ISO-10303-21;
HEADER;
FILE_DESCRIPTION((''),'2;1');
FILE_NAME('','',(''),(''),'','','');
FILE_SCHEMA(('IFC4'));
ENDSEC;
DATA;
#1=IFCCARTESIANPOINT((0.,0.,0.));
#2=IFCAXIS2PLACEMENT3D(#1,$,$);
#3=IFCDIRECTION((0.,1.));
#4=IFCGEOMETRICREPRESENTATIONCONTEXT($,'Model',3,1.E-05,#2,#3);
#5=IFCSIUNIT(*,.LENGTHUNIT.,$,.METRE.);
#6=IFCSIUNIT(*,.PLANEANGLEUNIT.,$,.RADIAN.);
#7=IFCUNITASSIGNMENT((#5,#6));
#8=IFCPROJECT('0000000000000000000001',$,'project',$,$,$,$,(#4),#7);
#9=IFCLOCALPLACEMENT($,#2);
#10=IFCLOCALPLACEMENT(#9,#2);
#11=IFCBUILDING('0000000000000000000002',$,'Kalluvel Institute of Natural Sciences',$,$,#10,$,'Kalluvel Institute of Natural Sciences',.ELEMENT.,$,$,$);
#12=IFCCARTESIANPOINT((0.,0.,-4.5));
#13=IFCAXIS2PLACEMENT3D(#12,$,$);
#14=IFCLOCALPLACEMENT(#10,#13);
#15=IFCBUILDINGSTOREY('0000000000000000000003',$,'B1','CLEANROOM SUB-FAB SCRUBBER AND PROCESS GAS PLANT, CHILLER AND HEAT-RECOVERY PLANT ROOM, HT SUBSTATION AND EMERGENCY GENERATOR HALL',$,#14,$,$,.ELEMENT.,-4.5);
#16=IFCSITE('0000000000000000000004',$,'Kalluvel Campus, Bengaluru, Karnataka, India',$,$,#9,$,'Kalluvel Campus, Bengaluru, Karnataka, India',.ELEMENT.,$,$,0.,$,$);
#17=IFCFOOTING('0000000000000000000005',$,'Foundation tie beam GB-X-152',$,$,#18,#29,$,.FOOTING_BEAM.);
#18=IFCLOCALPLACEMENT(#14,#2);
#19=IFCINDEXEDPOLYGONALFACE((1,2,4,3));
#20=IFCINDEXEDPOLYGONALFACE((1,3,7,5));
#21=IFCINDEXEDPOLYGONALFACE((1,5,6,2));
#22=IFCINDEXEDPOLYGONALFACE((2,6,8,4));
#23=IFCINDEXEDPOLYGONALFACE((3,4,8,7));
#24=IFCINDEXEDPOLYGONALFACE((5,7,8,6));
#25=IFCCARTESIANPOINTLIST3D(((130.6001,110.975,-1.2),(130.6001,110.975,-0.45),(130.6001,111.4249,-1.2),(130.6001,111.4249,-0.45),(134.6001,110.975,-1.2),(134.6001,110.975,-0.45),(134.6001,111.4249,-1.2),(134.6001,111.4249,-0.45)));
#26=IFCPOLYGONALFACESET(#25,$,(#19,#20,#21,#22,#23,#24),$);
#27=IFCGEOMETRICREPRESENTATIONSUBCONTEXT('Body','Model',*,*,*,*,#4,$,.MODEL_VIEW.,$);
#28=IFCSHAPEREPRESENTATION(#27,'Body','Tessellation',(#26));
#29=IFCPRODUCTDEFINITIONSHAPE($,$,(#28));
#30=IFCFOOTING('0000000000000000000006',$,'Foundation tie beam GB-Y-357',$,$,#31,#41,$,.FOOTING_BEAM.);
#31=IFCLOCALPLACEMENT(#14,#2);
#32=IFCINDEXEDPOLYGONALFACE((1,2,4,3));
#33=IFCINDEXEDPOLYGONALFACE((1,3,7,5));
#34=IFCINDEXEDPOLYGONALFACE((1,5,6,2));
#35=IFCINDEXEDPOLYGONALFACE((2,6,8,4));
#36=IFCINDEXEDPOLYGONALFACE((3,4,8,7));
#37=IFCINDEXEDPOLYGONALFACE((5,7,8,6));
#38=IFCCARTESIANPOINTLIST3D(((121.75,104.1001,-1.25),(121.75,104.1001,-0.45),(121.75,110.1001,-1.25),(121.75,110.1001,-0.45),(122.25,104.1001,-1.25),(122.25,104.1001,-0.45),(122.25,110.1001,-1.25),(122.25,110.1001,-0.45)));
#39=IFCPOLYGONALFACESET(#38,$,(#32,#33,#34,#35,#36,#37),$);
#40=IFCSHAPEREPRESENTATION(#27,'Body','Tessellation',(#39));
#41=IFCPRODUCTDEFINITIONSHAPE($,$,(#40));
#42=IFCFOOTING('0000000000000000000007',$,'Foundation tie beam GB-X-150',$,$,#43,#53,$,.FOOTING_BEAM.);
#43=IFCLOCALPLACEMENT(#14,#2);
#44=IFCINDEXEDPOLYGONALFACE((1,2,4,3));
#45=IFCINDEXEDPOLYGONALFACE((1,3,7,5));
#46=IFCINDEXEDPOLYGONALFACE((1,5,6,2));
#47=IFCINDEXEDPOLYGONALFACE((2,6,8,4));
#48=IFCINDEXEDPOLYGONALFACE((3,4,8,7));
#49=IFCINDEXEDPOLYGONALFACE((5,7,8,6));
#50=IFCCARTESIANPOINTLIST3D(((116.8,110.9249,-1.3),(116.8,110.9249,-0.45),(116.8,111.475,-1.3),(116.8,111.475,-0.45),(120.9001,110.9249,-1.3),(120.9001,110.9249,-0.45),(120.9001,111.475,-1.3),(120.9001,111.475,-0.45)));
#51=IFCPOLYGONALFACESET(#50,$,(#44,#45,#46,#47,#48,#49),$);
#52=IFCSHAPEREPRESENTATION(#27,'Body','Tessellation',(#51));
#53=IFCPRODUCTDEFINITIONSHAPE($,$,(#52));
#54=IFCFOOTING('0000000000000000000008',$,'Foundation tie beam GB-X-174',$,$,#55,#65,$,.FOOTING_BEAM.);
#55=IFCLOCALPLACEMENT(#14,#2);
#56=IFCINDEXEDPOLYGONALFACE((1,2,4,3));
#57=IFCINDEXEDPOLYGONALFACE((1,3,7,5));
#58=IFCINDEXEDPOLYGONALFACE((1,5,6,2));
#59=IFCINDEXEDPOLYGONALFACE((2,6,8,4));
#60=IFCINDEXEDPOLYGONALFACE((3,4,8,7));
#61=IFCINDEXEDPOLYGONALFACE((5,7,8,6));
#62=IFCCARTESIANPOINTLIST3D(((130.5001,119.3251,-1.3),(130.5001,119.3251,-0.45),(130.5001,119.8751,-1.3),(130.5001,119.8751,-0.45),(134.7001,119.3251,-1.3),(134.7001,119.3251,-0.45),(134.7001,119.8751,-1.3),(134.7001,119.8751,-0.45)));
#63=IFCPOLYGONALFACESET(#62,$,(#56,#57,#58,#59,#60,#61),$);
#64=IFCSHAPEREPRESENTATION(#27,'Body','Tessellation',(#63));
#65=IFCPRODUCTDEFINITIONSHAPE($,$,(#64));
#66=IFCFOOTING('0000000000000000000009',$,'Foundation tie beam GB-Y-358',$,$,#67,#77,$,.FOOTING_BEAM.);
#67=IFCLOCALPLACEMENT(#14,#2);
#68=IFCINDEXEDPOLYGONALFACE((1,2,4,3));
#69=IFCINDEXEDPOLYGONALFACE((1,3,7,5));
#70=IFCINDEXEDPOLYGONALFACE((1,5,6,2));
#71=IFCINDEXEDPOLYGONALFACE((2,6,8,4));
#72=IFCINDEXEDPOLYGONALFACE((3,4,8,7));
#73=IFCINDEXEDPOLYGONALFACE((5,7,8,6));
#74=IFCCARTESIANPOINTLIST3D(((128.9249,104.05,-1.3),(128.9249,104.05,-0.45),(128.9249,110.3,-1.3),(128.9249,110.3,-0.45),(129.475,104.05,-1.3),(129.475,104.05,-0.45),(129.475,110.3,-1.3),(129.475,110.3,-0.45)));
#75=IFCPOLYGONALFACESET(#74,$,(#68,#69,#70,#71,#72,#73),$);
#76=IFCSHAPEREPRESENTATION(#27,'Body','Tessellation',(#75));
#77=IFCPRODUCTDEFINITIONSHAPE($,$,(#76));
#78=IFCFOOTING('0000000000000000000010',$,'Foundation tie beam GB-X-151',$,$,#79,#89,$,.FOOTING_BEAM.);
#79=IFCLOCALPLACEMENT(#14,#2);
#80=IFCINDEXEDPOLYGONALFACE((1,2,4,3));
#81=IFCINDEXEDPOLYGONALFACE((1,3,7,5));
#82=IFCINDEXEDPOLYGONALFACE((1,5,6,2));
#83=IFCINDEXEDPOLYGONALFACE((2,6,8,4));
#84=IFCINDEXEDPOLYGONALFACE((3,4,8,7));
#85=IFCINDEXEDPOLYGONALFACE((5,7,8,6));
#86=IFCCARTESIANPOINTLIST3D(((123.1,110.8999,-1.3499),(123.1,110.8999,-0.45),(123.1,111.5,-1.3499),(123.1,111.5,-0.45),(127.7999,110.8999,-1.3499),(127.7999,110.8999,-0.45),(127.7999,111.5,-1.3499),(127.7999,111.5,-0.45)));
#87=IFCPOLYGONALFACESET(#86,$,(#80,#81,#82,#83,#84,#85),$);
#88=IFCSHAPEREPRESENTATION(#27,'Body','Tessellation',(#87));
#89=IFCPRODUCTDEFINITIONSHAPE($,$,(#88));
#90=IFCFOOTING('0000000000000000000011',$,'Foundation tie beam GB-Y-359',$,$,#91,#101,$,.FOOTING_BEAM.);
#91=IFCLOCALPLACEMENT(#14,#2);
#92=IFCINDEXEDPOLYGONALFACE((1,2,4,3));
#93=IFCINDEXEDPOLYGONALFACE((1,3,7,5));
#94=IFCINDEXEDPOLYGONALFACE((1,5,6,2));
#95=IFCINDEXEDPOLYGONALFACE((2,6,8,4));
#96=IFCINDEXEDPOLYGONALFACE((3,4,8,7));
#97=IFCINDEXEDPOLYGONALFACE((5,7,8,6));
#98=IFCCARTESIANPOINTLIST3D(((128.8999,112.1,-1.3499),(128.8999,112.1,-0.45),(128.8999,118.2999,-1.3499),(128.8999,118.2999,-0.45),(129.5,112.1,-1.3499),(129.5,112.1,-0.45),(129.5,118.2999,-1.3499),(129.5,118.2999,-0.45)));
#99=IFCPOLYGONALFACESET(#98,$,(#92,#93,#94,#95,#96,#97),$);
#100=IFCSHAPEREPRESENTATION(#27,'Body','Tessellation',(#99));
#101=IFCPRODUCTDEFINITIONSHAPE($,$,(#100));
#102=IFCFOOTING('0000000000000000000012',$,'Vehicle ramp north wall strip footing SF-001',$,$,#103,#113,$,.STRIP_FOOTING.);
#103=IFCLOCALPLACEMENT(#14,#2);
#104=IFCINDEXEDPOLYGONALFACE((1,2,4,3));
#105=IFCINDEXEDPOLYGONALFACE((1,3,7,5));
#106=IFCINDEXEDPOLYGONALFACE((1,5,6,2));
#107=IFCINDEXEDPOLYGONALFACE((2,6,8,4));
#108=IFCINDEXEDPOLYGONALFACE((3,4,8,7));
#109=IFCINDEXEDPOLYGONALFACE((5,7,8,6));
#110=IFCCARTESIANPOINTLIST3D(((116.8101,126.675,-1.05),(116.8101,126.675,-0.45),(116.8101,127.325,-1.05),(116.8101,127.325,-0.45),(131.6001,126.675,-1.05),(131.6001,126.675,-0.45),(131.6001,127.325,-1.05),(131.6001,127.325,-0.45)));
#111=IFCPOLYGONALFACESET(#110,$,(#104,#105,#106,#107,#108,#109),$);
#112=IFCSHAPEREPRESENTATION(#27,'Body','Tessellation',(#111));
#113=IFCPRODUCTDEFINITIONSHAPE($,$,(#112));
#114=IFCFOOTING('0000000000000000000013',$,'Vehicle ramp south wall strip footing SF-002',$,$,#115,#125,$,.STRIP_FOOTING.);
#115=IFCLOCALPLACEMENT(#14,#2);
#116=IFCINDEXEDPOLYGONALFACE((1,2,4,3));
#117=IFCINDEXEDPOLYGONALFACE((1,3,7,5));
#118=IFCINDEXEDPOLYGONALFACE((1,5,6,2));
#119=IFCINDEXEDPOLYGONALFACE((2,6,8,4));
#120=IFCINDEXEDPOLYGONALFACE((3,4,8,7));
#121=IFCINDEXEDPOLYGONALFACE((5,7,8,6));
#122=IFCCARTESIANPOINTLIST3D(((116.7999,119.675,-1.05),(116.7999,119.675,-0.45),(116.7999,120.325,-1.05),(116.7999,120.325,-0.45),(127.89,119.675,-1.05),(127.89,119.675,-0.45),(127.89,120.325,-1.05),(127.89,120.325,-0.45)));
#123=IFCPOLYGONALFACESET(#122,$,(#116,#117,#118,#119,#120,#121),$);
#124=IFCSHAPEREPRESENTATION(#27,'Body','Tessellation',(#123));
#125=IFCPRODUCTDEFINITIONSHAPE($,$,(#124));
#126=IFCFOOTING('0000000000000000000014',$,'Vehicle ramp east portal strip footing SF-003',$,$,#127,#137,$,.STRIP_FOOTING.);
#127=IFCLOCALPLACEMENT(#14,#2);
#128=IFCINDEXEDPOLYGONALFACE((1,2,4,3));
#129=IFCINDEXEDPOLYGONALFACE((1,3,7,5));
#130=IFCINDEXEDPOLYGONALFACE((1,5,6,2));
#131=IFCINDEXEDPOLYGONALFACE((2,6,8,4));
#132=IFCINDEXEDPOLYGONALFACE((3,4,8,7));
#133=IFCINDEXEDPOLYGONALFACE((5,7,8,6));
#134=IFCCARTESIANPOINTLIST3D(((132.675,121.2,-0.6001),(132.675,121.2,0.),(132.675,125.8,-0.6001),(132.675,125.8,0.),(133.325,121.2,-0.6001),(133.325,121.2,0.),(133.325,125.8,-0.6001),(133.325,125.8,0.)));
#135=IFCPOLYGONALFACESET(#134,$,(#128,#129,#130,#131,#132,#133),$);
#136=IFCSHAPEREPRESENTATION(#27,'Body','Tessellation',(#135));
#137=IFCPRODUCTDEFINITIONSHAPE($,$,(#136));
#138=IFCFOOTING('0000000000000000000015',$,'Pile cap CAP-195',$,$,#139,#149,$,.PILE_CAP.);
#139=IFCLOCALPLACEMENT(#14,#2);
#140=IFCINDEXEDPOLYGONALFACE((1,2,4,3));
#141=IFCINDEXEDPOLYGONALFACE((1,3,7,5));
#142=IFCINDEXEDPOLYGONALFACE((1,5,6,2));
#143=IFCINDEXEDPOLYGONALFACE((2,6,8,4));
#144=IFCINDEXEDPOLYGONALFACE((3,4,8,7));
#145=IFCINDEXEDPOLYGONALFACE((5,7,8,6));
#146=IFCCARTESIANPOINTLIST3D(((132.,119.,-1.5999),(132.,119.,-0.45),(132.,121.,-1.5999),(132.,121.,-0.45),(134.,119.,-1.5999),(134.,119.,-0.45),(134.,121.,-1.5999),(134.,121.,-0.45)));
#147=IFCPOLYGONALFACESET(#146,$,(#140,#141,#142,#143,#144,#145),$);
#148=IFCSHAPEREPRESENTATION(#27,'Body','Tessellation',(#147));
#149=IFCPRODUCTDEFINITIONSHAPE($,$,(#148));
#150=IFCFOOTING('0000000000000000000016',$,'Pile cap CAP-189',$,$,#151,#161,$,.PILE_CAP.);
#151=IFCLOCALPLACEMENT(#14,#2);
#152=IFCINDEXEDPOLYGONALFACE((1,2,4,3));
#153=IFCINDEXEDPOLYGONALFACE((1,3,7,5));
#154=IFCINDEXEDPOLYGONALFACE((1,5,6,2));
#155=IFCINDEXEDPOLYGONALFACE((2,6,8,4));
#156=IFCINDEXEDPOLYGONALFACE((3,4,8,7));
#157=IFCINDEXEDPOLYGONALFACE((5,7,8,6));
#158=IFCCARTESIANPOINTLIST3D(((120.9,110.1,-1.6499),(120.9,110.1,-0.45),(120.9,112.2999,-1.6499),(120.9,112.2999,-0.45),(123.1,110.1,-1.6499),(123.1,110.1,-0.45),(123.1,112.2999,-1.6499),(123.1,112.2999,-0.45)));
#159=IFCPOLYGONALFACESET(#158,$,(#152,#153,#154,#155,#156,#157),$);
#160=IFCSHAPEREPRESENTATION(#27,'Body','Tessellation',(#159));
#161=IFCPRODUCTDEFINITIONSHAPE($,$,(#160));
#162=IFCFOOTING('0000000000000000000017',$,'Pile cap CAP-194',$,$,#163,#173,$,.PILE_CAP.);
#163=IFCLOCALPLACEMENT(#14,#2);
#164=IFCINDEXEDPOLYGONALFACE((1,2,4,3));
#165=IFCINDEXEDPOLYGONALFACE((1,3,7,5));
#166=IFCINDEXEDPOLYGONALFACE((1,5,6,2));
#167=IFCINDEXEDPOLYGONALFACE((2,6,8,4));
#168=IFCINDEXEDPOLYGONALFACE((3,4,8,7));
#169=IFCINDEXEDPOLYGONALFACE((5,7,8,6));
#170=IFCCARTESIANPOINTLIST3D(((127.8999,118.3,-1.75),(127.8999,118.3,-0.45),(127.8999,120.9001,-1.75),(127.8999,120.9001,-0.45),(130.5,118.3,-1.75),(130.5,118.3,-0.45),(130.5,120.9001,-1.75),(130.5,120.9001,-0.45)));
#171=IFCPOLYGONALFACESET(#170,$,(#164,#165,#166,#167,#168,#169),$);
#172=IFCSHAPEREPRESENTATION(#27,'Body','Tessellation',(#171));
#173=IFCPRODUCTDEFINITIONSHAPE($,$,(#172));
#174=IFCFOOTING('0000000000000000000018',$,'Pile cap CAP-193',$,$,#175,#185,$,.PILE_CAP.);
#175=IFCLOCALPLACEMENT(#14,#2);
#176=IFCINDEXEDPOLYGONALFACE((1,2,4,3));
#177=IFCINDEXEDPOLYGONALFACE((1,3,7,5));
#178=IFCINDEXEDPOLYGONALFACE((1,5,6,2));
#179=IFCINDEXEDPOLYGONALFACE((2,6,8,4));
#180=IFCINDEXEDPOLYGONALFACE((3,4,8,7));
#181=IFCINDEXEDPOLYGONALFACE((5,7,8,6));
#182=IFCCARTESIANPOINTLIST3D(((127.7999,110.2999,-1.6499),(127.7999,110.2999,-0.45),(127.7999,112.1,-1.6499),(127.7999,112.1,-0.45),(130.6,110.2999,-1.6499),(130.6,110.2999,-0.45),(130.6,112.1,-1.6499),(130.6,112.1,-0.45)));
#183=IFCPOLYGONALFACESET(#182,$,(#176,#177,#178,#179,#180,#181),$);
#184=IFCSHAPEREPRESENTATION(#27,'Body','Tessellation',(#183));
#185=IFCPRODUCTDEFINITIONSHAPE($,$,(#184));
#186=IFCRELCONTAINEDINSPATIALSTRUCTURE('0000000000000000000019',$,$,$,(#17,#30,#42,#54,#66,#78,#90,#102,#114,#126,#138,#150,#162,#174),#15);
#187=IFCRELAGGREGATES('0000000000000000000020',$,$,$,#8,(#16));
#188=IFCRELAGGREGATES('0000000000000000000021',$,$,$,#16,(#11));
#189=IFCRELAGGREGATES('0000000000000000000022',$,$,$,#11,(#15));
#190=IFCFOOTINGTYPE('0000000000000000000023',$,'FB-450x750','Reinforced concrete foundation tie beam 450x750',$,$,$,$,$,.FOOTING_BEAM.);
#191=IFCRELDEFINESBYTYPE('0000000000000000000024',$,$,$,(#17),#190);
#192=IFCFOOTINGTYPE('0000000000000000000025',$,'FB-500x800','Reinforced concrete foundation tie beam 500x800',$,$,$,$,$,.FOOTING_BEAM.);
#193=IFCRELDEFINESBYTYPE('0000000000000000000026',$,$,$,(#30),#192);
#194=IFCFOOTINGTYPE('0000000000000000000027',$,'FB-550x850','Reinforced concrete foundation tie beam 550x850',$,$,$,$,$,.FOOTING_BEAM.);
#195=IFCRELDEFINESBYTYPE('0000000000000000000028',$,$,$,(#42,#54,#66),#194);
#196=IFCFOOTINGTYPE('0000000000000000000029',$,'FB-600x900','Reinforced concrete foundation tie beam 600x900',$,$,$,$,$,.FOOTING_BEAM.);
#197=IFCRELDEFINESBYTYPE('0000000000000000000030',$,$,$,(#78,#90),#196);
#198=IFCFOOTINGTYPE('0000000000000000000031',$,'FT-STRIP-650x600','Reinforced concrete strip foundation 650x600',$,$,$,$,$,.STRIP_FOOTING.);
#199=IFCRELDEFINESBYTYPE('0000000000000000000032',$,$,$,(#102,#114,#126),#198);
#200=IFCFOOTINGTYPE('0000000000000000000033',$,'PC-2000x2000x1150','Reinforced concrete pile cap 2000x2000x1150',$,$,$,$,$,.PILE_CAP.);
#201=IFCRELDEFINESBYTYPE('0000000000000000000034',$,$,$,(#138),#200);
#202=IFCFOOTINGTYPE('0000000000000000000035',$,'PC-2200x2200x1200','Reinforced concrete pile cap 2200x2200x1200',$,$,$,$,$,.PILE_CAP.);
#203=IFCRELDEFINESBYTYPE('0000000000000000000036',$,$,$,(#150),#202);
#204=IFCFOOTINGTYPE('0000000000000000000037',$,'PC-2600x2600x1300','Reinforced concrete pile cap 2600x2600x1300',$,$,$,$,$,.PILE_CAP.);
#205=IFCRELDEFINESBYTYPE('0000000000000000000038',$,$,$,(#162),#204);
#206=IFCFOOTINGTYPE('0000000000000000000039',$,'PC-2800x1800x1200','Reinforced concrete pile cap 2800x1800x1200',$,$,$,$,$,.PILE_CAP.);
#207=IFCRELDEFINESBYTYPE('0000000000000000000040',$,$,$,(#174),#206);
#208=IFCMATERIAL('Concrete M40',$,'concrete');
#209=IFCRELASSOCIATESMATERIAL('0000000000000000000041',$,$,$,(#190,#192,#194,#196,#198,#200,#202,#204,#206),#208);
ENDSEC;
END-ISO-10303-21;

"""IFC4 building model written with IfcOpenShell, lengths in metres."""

from ifc_helpers import new_model, si_unit, direction, frame, origin, origin_2d, place, context, subcontext, project, spatial, rectangle, extrude, material, type_object, element, save


model = new_model("IFC4")

# Units and contexts
model_context = context("Model", 3, precision=1e-05, world=origin(), true_north=direction((0.0, 1.0)))
body_context = subcontext(model_context, "Body", "Model", "MODEL_VIEW")
ifc_project = project(units=[si_unit("LENGTHUNIT", "METRE"), si_unit("PLANEANGLEUNIT", "RADIAN")], contexts=[model_context])

# Site, building, storey
site_placement = place(None, origin())
site = spatial("IfcSite", under=ifc_project, at=site_placement, Name="Kalluvel Campus, Bengaluru, Karnataka, India", LongName="Kalluvel Campus, Bengaluru, Karnataka, India", CompositionType="ELEMENT", RefElevation=0.0)
building_placement = place(site_placement, origin())
building = spatial("IfcBuilding", under=site, at=building_placement, Name="Kalluvel Institute of Natural Sciences", LongName="Kalluvel Institute of Natural Sciences", CompositionType="ELEMENT")
storey_placement = place(building_placement, frame((0.0, 0.0, -4.5)))
storey = spatial("IfcBuildingStorey", under=building, at=storey_placement, Name="B1", Description="CLEANROOM SUB-FAB SCRUBBER AND PROCESS GAS PLANT, CHILLER AND HEAT-RECOVERY PLANT ROOM, HT SUBSTATION AND EMERGENCY GENERATOR HALL", CompositionType="ELEMENT", Elevation=-4.5)

# Footings
ifc_material = material(Name="Concrete M40", Category="concrete")
footing_type_1 = type_object("IfcFootingType", Name="FB-450x750", Description="Reinforced concrete foundation tie beam 450x750", PredefinedType="FOOTING_BEAM", material=ifc_material)
footing_1_placement = place(storey_placement, frame((132.6001, 111.2, -1.2), z_axis=(0.0, 0.0, 1.0), x_axis=(1.0, 0.0, 0.0)))
element("IfcFooting", 1, at=footing_1_placement, inside=storey, type_object=footing_type_1, Name="Foundation tie beam GB-X-152", PredefinedType="FOOTING_BEAM", context=body_context, shape_type="SweptSolid", body=[
    extrude(rectangle(XDim=4.0, YDim=0.45, at=origin_2d()), origin(), (0.0, 0.0, 1.0), 0.75),
])
footing_type_2 = type_object("IfcFootingType", Name="FB-500x800", Description="Reinforced concrete foundation tie beam 500x800", PredefinedType="FOOTING_BEAM", material=ifc_material)
footing_2_placement = place(storey_placement, frame((122.0, 107.1001, -1.25), z_axis=(0.0, 0.0, 1.0), x_axis=(1.0, 0.0, 0.0)))
element("IfcFooting", 2, at=footing_2_placement, inside=storey, type_object=footing_type_2, Name="Foundation tie beam GB-Y-357", PredefinedType="FOOTING_BEAM", context=body_context, shape_type="SweptSolid", body=[
    extrude(rectangle(XDim=0.5, YDim=6.0, at=origin_2d()), origin(), (0.0, 0.0, 1.0), 0.8),
])
footing_type_3 = type_object("IfcFootingType", Name="FB-550x850", Description="Reinforced concrete foundation tie beam 550x850", PredefinedType="FOOTING_BEAM", material=ifc_material)
footing_3_placement = place(storey_placement, frame((118.8501, 111.2, -1.3), z_axis=(0.0, 0.0, 1.0), x_axis=(1.0, 0.0, 0.0)))
element("IfcFooting", 3, at=footing_3_placement, inside=storey, type_object=footing_type_3, Name="Foundation tie beam GB-X-150", PredefinedType="FOOTING_BEAM", context=body_context, shape_type="SweptSolid", body=[
    extrude(rectangle(XDim=4.1001, YDim=0.55, at=origin_2d()), origin(), (0.0, 0.0, 1.0), 0.8501),
])
footing_4_placement = place(storey_placement, frame((132.6001, 119.6001, -1.3), z_axis=(0.0, 0.0, 1.0), x_axis=(1.0, 0.0, 0.0)))
element("IfcFooting", 4, at=footing_4_placement, inside=storey, type_object=footing_type_3, Name="Foundation tie beam GB-X-174", PredefinedType="FOOTING_BEAM", context=body_context, shape_type="SweptSolid", body=[
    extrude(rectangle(XDim=4.2, YDim=0.55, at=origin_2d()), origin(), (0.0, 0.0, 1.0), 0.8501),
])
footing_5_placement = place(storey_placement, frame((129.2, 107.175, -1.3), z_axis=(0.0, 0.0, 1.0), x_axis=(1.0, 0.0, 0.0)))
element("IfcFooting", 5, at=footing_5_placement, inside=storey, type_object=footing_type_3, Name="Foundation tie beam GB-Y-358", PredefinedType="FOOTING_BEAM", context=body_context, shape_type="SweptSolid", body=[
    extrude(rectangle(XDim=0.55, YDim=6.25, at=origin_2d()), origin(), (0.0, 0.0, 1.0), 0.8501),
])
footing_type_4 = type_object("IfcFootingType", Name="FB-600x900", Description="Reinforced concrete foundation tie beam 600x900", PredefinedType="FOOTING_BEAM", material=ifc_material)
footing_6_placement = place(storey_placement, frame((125.45, 111.2, -1.3499), z_axis=(0.0, 0.0, 1.0), x_axis=(1.0, 0.0, 0.0)))
element("IfcFooting", 6, at=footing_6_placement, inside=storey, type_object=footing_type_4, Name="Foundation tie beam GB-X-151", PredefinedType="FOOTING_BEAM", context=body_context, shape_type="SweptSolid", body=[
    extrude(rectangle(XDim=4.7, YDim=0.6001, at=origin_2d()), origin(), (0.0, 0.0, 1.0), 0.8999),
])
footing_7_placement = place(storey_placement, frame((129.2, 115.2, -1.3499), z_axis=(0.0, 0.0, 1.0), x_axis=(1.0, 0.0, 0.0)))
element("IfcFooting", 7, at=footing_7_placement, inside=storey, type_object=footing_type_4, Name="Foundation tie beam GB-Y-359", PredefinedType="FOOTING_BEAM", context=body_context, shape_type="SweptSolid", body=[
    extrude(rectangle(XDim=0.6001, YDim=6.2, at=origin_2d()), origin(), (0.0, 0.0, 1.0), 0.8999),
])
footing_type_5 = type_object("IfcFootingType", Name="FT-STRIP-650x600", Description="Reinforced concrete strip foundation 650x600", PredefinedType="STRIP_FOOTING", material=ifc_material)
footing_8_placement = place(storey_placement, frame((124.2051, 127.0, -1.05), z_axis=(0.0, 0.0, 1.0), x_axis=(1.0, 0.0, 0.0)))
element("IfcFooting", 8, at=footing_8_placement, inside=storey, type_object=footing_type_5, Name="Vehicle ramp north wall strip footing SF-001", PredefinedType="STRIP_FOOTING", context=body_context, shape_type="SweptSolid", body=[
    extrude(rectangle(XDim=14.79, YDim=0.6499, at=origin_2d()), origin(), (0.0, 0.0, 1.0), 0.6001),
])
footing_9_placement = place(storey_placement, frame((122.345, 120.0, -1.05), z_axis=(0.0, 0.0, 1.0), x_axis=(1.0, 0.0, 0.0)))
element("IfcFooting", 9, at=footing_9_placement, inside=storey, type_object=footing_type_5, Name="Vehicle ramp south wall strip footing SF-002", PredefinedType="STRIP_FOOTING", context=body_context, shape_type="SweptSolid", body=[
    extrude(rectangle(XDim=11.0901, YDim=0.6499, at=origin_2d()), origin(), (0.0, 0.0, 1.0), 0.6001),
])
footing_10_placement = place(storey_placement, frame((133.0, 123.5, -0.6001), z_axis=(0.0, 0.0, 1.0), x_axis=(1.0, 0.0, 0.0)))
element("IfcFooting", 10, at=footing_10_placement, inside=storey, type_object=footing_type_5, Name="Vehicle ramp east portal strip footing SF-003", PredefinedType="STRIP_FOOTING", context=body_context, shape_type="SweptSolid", body=[
    extrude(rectangle(XDim=0.6499, YDim=4.6001, at=origin_2d()), origin(), (0.0, 0.0, 1.0), 0.6001),
])
footing_type_6 = type_object("IfcFootingType", Name="PC-2000x2000x1150", Description="Reinforced concrete pile cap 2000x2000x1150", PredefinedType="PILE_CAP", material=ifc_material)
footing_11_placement = place(storey_placement, frame((133.0, 120.0, -1.5999), z_axis=(0.0, 0.0, 1.0), x_axis=(1.0, 0.0, 0.0)))
element("IfcFooting", 11, at=footing_11_placement, inside=storey, type_object=footing_type_6, Name="Pile cap CAP-195", PredefinedType="PILE_CAP", context=body_context, shape_type="SweptSolid", body=[
    extrude(rectangle(XDim=2.0, YDim=2.0, at=origin_2d()), origin(), (0.0, 0.0, 1.0), 1.1499),
])
footing_type_7 = type_object("IfcFootingType", Name="PC-2200x2200x1200", Description="Reinforced concrete pile cap 2200x2200x1200", PredefinedType="PILE_CAP", material=ifc_material)
footing_12_placement = place(storey_placement, frame((122.0, 111.2, -1.6499), z_axis=(0.0, 0.0, 1.0), x_axis=(1.0, 0.0, 0.0)))
element("IfcFooting", 12, at=footing_12_placement, inside=storey, type_object=footing_type_7, Name="Pile cap CAP-189", PredefinedType="PILE_CAP", context=body_context, shape_type="SweptSolid", body=[
    extrude(rectangle(XDim=2.2, YDim=2.2, at=origin_2d()), origin(), (0.0, 0.0, 1.0), 1.2),
])
footing_type_8 = type_object("IfcFootingType", Name="PC-2600x2600x1300", Description="Reinforced concrete pile cap 2600x2600x1300", PredefinedType="PILE_CAP", material=ifc_material)
footing_13_placement = place(storey_placement, frame((129.2, 119.6001, -1.75), z_axis=(0.0, 0.0, 1.0), x_axis=(1.0, 0.0, 0.0)))
element("IfcFooting", 13, at=footing_13_placement, inside=storey, type_object=footing_type_8, Name="Pile cap CAP-194", PredefinedType="PILE_CAP", context=body_context, shape_type="SweptSolid", body=[
    extrude(rectangle(XDim=2.6001, YDim=2.6001, at=origin_2d()), origin(), (0.0, 0.0, 1.0), 1.3),
])
footing_type_9 = type_object("IfcFootingType", Name="PC-2800x1800x1200", Description="Reinforced concrete pile cap 2800x1800x1200", PredefinedType="PILE_CAP", material=ifc_material)
footing_14_placement = place(storey_placement, frame((129.2, 111.2, -1.6499), z_axis=(0.0, 0.0, 1.0), x_axis=(1.0, 0.0, 0.0)))
element("IfcFooting", 14, at=footing_14_placement, inside=storey, type_object=footing_type_9, Name="Pile cap CAP-193", PredefinedType="PILE_CAP", context=body_context, shape_type="SweptSolid", body=[
    extrude(rectangle(XDim=2.8, YDim=1.8, at=origin_2d()), origin(), (0.0, 0.0, 1.0), 1.2),
])

save(model, "model.ifc")
